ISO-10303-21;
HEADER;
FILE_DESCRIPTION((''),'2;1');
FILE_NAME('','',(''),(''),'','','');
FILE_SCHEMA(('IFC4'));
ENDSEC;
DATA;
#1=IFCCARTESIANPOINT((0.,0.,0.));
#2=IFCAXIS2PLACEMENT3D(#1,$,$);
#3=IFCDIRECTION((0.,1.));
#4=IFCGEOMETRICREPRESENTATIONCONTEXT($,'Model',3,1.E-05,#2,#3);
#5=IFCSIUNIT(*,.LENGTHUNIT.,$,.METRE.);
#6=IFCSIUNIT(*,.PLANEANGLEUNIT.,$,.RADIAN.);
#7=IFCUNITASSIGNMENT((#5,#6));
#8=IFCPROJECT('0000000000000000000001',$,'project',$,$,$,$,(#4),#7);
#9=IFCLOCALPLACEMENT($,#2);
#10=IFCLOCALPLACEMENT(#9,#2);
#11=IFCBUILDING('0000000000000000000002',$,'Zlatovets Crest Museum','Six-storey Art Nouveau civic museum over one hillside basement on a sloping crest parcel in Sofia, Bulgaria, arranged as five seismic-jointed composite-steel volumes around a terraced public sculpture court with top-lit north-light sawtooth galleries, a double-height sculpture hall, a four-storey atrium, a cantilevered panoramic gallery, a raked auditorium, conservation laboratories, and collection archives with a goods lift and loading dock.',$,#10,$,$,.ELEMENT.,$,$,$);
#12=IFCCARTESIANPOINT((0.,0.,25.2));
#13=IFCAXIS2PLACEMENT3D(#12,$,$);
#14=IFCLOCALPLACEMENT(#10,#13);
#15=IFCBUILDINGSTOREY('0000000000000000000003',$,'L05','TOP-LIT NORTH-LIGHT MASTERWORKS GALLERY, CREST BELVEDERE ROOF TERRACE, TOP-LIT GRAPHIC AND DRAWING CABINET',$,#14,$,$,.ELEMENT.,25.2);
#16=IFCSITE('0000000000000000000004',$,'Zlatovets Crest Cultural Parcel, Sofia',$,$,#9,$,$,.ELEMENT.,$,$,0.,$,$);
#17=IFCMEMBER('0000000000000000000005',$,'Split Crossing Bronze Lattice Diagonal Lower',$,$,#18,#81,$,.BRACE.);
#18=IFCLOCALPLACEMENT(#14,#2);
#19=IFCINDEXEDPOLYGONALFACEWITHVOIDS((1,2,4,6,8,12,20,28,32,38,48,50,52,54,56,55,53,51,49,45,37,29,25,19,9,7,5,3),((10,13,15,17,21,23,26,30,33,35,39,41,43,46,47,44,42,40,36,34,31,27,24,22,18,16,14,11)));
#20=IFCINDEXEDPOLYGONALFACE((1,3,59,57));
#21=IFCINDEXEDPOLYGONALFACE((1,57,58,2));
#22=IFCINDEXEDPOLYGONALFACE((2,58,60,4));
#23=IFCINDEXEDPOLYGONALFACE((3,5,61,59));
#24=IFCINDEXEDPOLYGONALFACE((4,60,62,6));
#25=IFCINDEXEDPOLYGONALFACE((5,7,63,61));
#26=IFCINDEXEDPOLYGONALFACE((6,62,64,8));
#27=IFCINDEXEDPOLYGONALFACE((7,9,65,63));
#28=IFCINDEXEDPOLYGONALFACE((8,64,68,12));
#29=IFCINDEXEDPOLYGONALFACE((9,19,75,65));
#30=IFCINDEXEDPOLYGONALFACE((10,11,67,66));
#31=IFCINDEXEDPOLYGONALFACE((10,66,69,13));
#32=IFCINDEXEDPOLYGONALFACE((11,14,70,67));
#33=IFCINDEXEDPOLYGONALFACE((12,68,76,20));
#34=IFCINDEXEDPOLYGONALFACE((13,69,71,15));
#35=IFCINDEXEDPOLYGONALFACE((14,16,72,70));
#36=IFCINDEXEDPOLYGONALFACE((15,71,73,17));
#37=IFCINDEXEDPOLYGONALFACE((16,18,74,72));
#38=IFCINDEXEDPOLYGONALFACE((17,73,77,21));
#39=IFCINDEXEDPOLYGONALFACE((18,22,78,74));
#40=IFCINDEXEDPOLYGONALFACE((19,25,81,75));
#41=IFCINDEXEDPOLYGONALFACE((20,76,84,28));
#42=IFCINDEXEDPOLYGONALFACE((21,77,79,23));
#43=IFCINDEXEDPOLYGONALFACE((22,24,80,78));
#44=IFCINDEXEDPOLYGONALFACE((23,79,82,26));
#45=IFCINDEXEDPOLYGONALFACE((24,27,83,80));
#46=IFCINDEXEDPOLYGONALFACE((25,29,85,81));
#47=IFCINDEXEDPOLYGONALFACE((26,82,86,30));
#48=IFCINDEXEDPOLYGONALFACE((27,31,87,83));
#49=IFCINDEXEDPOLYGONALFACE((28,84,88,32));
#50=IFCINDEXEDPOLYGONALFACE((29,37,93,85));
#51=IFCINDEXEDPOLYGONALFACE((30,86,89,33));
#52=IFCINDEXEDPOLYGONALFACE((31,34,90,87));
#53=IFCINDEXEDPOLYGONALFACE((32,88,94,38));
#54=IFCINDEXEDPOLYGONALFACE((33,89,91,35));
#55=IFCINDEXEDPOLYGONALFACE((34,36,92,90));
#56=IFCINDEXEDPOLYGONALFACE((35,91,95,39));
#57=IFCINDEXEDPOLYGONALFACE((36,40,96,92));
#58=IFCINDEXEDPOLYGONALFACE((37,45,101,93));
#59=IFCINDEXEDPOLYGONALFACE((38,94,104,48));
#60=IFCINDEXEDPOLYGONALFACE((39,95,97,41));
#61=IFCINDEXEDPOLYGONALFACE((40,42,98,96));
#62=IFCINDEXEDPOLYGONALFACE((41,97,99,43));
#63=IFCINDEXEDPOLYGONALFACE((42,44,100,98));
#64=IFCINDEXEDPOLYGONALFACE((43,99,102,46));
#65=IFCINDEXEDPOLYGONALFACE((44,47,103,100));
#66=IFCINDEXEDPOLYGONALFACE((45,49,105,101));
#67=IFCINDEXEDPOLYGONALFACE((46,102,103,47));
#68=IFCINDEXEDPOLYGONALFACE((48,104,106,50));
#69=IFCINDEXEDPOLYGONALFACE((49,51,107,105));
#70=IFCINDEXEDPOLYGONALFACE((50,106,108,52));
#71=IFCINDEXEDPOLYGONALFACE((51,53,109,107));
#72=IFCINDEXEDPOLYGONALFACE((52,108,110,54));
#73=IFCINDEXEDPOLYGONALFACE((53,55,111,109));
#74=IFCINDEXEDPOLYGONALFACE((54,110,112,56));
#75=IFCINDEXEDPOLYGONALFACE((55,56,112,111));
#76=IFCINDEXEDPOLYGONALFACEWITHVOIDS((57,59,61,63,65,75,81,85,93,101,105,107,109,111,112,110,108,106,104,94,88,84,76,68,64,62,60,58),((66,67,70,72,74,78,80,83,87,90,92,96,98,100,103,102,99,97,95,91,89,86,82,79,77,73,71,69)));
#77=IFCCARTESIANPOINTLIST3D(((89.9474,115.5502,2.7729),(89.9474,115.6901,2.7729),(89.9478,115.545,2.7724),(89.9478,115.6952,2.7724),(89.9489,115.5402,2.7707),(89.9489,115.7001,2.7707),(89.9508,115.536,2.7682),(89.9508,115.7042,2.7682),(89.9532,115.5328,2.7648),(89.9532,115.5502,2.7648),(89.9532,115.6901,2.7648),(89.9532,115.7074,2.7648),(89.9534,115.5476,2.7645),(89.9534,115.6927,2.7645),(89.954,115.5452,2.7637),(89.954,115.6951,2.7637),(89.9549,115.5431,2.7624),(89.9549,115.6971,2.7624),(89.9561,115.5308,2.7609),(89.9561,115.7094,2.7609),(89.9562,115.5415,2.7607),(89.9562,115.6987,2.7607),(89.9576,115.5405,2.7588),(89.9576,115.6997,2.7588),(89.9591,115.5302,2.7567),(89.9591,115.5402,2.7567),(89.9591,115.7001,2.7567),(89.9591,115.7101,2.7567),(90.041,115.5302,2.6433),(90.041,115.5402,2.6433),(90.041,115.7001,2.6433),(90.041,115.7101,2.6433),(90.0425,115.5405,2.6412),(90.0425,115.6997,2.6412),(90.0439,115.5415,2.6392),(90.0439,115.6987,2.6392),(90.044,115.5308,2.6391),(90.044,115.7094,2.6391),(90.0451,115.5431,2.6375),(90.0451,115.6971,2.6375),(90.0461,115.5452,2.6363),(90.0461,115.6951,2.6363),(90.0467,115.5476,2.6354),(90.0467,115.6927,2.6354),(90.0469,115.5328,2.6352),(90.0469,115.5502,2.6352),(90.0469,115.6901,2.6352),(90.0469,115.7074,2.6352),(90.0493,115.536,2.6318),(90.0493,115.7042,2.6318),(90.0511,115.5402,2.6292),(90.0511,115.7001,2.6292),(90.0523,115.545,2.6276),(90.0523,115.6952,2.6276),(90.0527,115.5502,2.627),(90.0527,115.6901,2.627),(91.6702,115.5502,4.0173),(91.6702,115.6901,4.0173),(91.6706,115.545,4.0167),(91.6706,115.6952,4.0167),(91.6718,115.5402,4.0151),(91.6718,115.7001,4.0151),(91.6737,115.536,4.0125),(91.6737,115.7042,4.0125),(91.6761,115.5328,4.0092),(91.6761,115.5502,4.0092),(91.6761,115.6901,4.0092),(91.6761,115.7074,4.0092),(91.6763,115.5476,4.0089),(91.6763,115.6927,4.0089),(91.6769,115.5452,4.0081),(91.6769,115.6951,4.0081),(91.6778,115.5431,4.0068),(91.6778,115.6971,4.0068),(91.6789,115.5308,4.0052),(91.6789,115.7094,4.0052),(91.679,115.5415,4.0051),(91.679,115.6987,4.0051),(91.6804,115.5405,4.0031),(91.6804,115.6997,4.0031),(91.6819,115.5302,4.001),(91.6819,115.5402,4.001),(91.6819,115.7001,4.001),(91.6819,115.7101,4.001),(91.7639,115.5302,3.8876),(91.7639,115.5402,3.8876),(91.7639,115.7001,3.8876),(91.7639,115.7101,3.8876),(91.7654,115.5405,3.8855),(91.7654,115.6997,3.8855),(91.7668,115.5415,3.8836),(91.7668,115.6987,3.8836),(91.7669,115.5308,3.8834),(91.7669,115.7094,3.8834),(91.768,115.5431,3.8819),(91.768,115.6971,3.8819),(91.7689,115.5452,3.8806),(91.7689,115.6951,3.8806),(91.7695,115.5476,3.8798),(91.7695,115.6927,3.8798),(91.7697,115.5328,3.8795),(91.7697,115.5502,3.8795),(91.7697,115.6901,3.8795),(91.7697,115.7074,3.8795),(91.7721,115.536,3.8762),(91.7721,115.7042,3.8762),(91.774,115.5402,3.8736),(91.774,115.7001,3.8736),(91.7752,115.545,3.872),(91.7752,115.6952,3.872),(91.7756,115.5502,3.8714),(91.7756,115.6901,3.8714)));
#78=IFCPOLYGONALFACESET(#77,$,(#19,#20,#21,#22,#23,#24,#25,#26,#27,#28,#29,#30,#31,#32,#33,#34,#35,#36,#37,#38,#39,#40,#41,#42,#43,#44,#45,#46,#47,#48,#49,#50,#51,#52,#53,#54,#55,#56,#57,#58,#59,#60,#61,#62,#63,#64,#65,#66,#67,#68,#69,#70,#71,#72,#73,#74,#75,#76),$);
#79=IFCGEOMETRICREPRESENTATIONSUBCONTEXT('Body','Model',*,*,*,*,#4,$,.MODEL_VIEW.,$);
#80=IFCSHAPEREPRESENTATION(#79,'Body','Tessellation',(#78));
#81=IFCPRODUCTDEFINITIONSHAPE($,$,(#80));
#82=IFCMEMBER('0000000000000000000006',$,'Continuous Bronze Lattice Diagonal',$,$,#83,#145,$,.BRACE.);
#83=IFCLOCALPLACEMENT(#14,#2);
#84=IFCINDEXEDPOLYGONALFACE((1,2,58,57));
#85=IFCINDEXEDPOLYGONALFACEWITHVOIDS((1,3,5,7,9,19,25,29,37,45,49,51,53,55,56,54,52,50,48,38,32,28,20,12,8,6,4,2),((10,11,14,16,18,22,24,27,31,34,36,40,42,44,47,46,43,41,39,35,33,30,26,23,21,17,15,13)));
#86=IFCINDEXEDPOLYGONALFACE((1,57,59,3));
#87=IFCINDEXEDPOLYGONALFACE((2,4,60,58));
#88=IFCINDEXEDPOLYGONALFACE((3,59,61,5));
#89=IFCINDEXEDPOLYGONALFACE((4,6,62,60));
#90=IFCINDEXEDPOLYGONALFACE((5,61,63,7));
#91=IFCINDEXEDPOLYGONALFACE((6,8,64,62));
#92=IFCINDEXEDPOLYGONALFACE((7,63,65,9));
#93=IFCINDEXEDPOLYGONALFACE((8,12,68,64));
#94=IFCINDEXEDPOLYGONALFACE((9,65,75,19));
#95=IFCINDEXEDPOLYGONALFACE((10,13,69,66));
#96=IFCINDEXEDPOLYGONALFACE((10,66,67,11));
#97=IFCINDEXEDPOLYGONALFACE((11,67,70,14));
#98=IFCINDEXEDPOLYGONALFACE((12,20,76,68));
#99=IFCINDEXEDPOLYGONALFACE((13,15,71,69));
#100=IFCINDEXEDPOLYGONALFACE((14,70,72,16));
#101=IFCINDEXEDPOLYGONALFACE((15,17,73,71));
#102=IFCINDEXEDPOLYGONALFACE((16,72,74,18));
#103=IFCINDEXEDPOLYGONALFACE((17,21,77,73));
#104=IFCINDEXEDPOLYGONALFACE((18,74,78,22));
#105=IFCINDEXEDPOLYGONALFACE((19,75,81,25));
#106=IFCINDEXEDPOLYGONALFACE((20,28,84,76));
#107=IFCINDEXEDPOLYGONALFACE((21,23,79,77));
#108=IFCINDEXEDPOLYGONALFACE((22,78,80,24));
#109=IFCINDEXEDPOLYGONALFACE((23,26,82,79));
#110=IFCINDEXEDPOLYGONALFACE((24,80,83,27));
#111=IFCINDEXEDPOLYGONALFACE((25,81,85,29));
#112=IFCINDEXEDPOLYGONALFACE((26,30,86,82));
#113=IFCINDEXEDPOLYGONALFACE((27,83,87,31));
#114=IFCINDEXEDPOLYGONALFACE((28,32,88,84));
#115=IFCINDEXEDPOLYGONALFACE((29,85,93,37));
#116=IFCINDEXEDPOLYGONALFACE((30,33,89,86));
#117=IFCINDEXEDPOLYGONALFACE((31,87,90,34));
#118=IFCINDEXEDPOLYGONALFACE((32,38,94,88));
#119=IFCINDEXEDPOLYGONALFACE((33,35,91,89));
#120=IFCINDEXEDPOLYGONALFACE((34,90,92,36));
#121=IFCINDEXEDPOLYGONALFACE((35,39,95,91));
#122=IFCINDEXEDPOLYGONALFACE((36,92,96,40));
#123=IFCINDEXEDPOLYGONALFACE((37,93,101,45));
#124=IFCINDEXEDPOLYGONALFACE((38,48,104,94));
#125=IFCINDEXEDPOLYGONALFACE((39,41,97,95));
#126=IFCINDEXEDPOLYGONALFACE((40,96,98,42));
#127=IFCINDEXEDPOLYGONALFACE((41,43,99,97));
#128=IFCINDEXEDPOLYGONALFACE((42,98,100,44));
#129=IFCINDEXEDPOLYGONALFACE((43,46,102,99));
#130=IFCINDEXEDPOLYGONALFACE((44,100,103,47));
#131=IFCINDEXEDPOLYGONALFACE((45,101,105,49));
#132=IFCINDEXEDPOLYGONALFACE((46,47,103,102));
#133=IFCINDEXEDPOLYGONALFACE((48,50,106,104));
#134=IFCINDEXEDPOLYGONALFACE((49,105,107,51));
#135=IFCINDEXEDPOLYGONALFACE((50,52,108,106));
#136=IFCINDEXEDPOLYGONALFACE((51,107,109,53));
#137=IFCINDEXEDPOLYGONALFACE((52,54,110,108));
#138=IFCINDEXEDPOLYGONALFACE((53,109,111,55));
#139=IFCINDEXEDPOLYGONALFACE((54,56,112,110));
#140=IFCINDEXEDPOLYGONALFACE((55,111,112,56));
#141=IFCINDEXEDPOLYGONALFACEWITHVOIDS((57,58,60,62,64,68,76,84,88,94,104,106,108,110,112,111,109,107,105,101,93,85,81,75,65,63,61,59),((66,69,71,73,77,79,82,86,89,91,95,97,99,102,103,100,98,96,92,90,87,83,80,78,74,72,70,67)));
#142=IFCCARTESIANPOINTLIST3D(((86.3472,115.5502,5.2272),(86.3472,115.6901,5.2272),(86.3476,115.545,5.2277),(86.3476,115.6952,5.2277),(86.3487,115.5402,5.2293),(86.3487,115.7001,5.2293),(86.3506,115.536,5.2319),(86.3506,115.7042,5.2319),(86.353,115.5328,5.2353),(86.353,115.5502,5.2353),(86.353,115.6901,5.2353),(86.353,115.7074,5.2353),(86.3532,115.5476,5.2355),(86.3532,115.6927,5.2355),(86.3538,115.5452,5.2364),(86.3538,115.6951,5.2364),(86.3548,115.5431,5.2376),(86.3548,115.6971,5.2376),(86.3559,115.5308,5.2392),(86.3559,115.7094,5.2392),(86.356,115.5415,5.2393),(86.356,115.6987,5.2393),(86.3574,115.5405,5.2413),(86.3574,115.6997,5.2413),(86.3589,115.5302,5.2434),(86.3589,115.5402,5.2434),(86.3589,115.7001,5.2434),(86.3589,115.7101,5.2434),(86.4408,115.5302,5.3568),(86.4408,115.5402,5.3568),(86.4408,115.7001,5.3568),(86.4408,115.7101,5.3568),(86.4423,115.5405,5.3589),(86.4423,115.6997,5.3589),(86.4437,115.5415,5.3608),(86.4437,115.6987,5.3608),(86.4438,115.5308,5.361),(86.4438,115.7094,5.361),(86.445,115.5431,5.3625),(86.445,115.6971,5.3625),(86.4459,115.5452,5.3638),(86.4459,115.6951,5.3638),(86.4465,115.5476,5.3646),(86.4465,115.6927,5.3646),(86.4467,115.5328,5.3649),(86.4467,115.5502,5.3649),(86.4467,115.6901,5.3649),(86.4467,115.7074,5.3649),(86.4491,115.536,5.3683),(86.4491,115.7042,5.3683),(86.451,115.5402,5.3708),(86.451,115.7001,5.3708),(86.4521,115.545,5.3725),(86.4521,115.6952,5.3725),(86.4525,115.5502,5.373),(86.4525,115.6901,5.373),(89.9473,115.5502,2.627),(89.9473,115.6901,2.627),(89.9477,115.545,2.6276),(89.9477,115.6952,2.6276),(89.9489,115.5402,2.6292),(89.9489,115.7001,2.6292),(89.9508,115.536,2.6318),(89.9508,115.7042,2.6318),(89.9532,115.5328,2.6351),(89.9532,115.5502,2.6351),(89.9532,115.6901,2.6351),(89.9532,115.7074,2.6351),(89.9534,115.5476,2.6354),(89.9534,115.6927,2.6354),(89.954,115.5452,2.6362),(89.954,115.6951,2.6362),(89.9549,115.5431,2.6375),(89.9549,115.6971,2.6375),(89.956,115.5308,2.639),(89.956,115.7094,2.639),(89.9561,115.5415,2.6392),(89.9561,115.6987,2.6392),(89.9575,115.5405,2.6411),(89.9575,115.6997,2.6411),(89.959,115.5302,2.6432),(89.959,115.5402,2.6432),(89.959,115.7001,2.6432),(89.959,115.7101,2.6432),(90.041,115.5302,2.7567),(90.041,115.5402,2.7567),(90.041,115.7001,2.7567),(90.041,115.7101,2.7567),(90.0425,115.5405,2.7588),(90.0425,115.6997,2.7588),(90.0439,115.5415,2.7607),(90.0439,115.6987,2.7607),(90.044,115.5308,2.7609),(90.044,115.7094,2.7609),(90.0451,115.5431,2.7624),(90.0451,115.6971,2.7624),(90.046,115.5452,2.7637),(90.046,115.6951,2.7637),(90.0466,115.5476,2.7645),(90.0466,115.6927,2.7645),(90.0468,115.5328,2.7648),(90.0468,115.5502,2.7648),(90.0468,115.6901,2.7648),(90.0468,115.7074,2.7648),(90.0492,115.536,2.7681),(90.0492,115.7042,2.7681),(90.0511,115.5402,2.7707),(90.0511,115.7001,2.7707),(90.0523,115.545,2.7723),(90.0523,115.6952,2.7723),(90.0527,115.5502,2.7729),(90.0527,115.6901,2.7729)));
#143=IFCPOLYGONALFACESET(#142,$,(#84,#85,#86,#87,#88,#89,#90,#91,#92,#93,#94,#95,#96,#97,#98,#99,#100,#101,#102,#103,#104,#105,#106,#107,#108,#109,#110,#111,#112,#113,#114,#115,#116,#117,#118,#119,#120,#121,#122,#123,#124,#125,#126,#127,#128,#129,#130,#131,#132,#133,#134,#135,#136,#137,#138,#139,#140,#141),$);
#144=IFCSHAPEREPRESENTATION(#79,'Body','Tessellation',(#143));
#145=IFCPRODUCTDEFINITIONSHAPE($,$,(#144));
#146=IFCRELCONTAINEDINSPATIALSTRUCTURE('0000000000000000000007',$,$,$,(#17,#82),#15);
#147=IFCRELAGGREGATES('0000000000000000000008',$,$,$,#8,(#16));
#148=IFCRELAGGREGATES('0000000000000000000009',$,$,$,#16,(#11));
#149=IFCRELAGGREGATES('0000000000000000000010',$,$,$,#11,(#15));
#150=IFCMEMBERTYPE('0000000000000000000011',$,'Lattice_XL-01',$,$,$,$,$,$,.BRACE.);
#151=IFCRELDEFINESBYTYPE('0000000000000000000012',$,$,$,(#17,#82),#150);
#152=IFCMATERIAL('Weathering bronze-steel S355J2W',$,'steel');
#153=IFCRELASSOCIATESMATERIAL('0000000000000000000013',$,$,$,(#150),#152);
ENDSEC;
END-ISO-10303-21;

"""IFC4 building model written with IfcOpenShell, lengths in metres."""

from ifc_helpers import new_model, si_unit, direction, frame, origin, origin_2d, place, context, subcontext, project, spatial, hollow_rectangle, extrude, material, material_profile, profile_set, type_object, element, save


model = new_model("IFC4")

# Units and contexts
model_context = context("Model", 3, precision=1e-05, world=origin(), true_north=direction((0.0, 1.0)))
body_context = subcontext(model_context, "Body", "Model", "MODEL_VIEW")
ifc_project = project(units=[si_unit("LENGTHUNIT", "METRE"), si_unit("PLANEANGLEUNIT", "RADIAN")], contexts=[model_context])

# Site, building, storey
site_placement = place(None, origin())
site = spatial("IfcSite", under=ifc_project, at=site_placement, Name="Zlatovets Crest Cultural Parcel, Sofia", CompositionType="ELEMENT", RefElevation=0.0)
building_placement = place(site_placement, origin())
building = spatial("IfcBuilding", under=site, at=building_placement, Name="Zlatovets Crest Museum", Description="Six-storey Art Nouveau civic museum over one hillside basement on a sloping crest parcel in Sofia, Bulgaria, arranged as five seismic-jointed composite-steel volumes around a terraced public sculpture court with top-lit north-light sawtooth galleries, a double-height sculpture hall, a four-storey atrium, a cantilevered panoramic gallery, a raked auditorium, conservation laboratories, and collection archives with a goods lift and loading dock.", CompositionType="ELEMENT")
storey_placement = place(building_placement, frame((0.0, 0.0, 25.2)))
storey = spatial("IfcBuildingStorey", under=building, at=storey_placement, Name="L05", Description="TOP-LIT NORTH-LIGHT MASTERWORKS GALLERY, CREST BELVEDERE ROOF TERRACE, TOP-LIT GRAPHIC AND DRAWING CABINET", CompositionType="ELEMENT", Elevation=25.2)

# Members
ifc_material_1 = material(Name="Weathering bronze-steel S355J2W", Category="steel")
ifc_material_profile_1 = material_profile(ifc_material_1, hollow_rectangle(XDim=0.1799, YDim=0.1799, WallThickness=0.01, InnerFilletRadius=0.01, OuterFilletRadius=0.02, at=origin_2d()), Name="SHS 180x180x10.0")
ifc_profile_set_1 = profile_set([ifc_material_profile_1], Name="Weathering bronze-steel S355J2W")
member_type_1 = type_object("IfcMemberType", Name="Lattice_XL-01", PredefinedType="BRACE", material=ifc_profile_set_1)
member_1_placement = place(storey_placement, frame((91.7229, 115.6201, 3.9443), z_axis=(-0.810664, 0.0, -0.585512), x_axis=(0.0, -1.0, 0.0)))
element("IfcMember", 1, at=member_1_placement, inside=storey, type_object=member_type_1, Name="Split Crossing Bronze Lattice Diagonal Lower", PredefinedType="BRACE", context=body_context, shape_type="SweptSolid", body=[
    extrude(hollow_rectangle(XDim=0.1799, YDim=0.1799, WallThickness=0.01, InnerFilletRadius=0.01, OuterFilletRadius=0.02, at=origin_2d()), origin(), (0.0, 0.0, 1.0), 2.1252),
])
member_2_placement = place(storey_placement, frame((90.0, 115.6201, 2.7), z_axis=(-0.810676, 0.0, 0.585495), x_axis=(0.0, -1.0, 0.0)))
element("IfcMember", 2, at=member_2_placement, inside=storey, type_object=member_type_1, Name="Continuous Bronze Lattice Diagonal", PredefinedType="BRACE", context=body_context, shape_type="SweptSolid", body=[
    extrude(hollow_rectangle(XDim=0.1799, YDim=0.1799, WallThickness=0.01, InnerFilletRadius=0.01, OuterFilletRadius=0.02, at=origin_2d()), origin(), (0.0, 0.0, 1.0), 4.4409),
])

save(model, "model.ifc")
